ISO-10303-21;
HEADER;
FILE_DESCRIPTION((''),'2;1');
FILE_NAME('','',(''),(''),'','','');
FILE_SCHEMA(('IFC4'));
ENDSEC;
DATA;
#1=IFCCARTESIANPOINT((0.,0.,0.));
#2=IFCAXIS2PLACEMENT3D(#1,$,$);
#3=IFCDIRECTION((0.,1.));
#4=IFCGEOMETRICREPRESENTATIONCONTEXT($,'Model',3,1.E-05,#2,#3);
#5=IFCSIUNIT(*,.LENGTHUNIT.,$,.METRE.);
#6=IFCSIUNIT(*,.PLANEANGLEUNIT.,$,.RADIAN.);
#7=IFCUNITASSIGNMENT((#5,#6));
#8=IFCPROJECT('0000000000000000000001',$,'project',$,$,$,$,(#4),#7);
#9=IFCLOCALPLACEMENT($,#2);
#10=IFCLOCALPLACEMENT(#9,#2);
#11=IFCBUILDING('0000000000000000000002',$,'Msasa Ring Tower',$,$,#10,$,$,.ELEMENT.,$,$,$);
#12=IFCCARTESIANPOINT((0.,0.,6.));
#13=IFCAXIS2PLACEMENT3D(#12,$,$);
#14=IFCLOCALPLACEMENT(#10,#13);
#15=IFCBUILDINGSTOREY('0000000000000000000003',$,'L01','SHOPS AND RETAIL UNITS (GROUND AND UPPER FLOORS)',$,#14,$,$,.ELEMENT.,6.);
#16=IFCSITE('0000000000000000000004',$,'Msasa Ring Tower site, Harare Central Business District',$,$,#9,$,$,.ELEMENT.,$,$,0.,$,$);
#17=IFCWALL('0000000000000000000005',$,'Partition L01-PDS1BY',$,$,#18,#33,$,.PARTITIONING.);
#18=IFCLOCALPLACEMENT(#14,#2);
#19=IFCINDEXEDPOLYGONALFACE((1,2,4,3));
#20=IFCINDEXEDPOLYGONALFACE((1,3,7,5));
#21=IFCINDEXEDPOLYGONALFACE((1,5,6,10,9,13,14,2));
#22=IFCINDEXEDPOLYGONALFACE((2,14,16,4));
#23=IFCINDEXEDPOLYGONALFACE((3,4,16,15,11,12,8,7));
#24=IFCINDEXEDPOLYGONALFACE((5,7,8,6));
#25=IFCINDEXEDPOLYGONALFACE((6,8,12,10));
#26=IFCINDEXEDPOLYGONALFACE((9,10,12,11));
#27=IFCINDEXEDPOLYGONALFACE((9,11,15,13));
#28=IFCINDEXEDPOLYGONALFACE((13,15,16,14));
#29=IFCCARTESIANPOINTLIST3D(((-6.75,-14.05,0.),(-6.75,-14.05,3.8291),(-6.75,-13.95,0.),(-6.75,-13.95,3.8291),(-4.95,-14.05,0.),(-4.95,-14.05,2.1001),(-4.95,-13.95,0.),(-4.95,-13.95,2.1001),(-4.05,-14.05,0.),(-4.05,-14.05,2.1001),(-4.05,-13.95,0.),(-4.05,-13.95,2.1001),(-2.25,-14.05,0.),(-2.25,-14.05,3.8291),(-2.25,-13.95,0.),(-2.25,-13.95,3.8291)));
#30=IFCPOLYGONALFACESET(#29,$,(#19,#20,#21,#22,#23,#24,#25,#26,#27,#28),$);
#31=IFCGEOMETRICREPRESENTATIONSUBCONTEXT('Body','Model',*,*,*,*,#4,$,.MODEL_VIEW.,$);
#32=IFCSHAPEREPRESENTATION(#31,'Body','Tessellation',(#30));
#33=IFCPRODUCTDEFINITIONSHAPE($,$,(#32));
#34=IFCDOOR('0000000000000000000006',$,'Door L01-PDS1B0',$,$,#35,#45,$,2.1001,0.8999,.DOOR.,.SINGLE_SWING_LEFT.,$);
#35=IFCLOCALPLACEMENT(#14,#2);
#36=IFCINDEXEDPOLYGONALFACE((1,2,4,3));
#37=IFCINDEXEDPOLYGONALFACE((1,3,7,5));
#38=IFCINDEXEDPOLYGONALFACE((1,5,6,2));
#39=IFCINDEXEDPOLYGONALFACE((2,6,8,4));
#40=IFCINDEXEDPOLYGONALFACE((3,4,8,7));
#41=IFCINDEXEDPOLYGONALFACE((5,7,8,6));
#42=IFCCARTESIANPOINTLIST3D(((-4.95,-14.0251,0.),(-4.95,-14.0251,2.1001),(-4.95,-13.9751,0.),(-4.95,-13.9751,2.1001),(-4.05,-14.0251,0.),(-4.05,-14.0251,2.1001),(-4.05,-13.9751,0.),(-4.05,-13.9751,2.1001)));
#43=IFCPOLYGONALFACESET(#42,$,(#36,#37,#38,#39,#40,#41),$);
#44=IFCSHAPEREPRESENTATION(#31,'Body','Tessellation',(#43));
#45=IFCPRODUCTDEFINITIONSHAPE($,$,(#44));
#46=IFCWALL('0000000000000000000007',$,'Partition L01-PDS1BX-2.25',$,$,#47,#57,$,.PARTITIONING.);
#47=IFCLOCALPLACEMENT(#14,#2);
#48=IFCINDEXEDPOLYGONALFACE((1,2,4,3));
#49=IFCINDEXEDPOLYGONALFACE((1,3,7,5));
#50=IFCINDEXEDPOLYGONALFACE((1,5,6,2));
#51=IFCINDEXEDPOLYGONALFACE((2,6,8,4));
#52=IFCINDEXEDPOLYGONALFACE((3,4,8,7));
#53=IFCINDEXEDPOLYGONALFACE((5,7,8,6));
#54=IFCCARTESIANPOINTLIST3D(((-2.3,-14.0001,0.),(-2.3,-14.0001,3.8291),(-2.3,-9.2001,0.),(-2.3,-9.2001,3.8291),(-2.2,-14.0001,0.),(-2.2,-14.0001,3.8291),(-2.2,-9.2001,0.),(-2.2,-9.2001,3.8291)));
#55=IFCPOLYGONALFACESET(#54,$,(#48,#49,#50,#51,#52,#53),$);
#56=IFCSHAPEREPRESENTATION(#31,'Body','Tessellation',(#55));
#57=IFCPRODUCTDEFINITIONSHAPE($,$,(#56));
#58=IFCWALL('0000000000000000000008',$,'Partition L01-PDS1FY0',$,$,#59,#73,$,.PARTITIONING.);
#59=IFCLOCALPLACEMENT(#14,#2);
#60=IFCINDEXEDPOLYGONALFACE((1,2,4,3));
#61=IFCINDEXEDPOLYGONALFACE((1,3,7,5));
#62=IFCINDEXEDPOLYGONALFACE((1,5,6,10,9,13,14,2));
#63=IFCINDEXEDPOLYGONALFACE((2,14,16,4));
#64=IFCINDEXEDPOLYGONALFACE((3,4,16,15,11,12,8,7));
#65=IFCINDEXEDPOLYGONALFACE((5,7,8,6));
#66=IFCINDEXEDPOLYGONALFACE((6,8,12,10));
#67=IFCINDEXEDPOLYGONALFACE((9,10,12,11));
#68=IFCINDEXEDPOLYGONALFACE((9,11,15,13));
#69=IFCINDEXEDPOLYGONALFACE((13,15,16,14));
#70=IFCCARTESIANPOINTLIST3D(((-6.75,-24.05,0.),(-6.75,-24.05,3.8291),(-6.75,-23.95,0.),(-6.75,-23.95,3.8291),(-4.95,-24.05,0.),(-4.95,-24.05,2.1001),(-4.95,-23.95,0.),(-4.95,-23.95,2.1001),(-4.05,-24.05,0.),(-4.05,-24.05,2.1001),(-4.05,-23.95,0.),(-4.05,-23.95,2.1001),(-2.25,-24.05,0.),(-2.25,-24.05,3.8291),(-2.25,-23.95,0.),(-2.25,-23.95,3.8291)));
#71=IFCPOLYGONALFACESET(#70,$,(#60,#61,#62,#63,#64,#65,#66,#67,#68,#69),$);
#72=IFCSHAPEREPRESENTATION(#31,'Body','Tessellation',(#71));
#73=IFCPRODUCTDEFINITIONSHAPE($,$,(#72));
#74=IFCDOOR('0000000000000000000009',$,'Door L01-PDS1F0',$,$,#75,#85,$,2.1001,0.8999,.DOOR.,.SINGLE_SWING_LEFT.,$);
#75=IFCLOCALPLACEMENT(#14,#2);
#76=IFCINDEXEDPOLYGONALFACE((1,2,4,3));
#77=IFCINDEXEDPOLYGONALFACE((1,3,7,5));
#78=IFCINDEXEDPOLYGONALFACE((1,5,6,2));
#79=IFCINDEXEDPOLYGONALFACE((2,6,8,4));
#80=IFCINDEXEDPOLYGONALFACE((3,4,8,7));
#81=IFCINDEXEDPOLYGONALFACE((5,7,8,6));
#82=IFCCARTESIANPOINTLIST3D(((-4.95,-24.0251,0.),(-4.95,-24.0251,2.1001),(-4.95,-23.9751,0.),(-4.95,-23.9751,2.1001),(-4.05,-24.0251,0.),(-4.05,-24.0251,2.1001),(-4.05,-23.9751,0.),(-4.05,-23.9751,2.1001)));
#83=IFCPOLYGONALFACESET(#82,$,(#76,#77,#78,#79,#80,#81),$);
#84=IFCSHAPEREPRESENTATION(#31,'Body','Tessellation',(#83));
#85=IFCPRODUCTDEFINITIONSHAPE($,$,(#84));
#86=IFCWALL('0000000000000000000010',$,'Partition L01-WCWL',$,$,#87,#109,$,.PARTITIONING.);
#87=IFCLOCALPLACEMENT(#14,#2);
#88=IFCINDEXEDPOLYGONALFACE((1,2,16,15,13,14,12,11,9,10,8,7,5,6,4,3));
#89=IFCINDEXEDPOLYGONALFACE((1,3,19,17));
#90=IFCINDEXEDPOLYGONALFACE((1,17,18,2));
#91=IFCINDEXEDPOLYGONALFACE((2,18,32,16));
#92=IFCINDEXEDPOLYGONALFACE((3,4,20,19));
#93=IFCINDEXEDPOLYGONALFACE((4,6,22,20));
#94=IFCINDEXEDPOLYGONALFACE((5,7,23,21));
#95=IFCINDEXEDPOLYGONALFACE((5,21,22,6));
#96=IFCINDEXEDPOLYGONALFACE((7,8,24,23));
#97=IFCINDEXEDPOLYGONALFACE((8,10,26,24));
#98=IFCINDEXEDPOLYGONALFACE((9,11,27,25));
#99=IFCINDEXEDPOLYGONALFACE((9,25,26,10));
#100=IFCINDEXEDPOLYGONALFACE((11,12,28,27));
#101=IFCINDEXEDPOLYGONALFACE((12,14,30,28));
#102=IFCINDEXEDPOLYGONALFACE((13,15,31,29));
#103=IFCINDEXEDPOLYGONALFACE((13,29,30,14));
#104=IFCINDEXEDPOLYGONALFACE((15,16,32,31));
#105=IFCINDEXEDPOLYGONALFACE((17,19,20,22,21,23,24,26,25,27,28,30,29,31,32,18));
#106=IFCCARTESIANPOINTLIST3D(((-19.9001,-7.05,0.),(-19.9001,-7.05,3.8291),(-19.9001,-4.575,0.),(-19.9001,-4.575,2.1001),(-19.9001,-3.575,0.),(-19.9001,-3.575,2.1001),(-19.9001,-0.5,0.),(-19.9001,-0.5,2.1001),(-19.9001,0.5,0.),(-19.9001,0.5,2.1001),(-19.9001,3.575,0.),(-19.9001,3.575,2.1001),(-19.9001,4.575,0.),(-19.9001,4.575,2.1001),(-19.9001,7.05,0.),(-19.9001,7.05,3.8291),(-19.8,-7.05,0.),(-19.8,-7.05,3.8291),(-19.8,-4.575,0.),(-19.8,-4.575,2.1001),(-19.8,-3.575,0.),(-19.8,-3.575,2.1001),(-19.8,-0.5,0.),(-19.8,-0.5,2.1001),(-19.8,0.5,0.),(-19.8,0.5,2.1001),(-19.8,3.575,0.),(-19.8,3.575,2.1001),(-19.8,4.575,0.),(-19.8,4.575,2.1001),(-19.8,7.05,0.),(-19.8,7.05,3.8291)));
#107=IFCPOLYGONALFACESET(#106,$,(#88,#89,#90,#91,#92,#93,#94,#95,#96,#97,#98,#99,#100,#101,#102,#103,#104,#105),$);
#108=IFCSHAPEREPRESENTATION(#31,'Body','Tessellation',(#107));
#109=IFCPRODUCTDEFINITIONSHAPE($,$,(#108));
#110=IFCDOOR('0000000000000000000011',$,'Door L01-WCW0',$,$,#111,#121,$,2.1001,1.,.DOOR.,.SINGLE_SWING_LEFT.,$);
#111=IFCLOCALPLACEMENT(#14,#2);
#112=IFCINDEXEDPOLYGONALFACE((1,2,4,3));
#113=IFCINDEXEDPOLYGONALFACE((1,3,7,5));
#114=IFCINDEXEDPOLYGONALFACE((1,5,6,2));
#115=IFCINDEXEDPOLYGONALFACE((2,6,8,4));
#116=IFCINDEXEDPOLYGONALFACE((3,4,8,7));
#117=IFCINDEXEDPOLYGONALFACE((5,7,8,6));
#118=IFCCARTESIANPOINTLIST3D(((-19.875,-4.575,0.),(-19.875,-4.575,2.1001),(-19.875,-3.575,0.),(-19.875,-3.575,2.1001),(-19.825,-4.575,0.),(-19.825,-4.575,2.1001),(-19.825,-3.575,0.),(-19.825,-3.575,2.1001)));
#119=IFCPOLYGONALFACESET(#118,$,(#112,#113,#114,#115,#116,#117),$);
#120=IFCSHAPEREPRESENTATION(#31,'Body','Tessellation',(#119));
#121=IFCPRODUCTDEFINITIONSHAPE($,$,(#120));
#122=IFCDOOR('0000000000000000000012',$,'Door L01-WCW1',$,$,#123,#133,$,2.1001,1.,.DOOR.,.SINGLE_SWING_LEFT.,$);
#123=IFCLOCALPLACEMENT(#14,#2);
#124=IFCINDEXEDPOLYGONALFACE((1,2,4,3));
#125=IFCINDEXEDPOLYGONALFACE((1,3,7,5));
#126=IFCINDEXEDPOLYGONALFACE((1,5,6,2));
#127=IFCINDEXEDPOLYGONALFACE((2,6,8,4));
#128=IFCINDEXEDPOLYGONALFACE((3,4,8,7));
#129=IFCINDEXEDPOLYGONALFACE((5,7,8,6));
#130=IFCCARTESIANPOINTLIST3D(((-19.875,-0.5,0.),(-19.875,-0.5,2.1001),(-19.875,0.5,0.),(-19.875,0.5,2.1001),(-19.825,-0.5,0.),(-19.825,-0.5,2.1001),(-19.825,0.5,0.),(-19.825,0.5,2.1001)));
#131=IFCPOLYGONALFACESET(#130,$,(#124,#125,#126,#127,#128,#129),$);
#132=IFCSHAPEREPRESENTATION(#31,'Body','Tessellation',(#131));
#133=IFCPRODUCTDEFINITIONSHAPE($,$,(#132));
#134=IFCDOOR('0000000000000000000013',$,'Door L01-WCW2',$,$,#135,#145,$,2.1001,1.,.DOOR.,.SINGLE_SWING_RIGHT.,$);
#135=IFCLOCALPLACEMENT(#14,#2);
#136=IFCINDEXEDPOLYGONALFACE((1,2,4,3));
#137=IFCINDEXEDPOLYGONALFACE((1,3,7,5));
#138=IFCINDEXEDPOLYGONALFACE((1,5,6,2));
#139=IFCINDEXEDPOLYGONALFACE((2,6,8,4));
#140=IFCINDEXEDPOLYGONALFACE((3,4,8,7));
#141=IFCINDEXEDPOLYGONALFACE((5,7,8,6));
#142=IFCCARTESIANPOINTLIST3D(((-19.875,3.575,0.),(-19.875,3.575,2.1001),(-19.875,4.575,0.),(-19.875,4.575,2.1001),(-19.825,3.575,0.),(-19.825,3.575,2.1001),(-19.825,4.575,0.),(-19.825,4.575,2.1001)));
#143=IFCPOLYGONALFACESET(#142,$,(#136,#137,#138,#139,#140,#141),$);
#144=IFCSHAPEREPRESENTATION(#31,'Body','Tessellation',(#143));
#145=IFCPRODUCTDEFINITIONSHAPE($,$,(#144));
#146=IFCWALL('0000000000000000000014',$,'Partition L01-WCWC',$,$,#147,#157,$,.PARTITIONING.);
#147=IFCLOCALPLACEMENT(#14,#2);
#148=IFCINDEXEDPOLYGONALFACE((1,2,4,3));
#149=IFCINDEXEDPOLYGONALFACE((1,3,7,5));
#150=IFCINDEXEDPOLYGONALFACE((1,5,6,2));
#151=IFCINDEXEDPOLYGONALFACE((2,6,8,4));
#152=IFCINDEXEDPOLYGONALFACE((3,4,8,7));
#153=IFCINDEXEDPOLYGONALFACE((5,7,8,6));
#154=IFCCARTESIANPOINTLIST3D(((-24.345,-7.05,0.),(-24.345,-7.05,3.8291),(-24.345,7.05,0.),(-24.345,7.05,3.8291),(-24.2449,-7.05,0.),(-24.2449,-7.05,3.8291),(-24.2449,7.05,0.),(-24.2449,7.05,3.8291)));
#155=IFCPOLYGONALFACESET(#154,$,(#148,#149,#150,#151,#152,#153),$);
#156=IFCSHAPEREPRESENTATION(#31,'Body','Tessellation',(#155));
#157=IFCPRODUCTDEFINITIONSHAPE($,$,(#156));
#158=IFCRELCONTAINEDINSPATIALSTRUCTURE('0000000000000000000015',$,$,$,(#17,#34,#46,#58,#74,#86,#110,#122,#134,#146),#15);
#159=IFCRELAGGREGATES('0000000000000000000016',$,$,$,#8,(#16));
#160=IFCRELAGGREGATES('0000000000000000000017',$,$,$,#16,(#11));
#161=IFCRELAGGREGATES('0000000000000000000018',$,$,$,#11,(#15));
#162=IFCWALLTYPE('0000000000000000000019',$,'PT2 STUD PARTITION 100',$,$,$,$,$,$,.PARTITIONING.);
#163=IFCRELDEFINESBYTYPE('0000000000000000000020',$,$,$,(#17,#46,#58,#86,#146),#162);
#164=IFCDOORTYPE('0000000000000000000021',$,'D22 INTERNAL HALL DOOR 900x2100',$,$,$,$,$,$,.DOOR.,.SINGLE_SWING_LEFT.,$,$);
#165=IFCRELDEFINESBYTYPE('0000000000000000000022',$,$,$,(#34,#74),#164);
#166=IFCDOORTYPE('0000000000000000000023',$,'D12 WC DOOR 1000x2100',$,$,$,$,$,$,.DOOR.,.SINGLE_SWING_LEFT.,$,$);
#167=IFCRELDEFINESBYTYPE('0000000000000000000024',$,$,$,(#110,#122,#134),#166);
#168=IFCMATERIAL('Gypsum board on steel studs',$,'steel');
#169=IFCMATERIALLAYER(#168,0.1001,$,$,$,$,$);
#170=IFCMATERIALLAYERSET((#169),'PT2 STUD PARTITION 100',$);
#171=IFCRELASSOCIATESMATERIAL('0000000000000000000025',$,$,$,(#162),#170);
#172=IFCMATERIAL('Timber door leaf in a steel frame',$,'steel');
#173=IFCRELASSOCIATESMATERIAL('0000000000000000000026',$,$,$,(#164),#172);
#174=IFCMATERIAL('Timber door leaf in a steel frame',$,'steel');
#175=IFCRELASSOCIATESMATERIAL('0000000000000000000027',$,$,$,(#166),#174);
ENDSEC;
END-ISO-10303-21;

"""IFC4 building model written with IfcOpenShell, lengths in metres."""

from ifc_helpers import new_model, si_unit, direction, frame, frame_2d, origin, place, context, subcontext, project, spatial, rectangle, extrude, material, layer, layer_set, type_object, element, fill, save


model = new_model("IFC4")

# Units and contexts
model_context = context("Model", 3, precision=1e-05, world=origin(), true_north=direction((0.0, 1.0)))
body_context = subcontext(model_context, "Body", "Model", "MODEL_VIEW")
ifc_project = project(units=[si_unit("LENGTHUNIT", "METRE"), si_unit("PLANEANGLEUNIT", "RADIAN")], contexts=[model_context])

# Site, building, storey
site_placement = place(None, origin())
site = spatial("IfcSite", under=ifc_project, at=site_placement, Name="Msasa Ring Tower site, Harare Central Business District", CompositionType="ELEMENT", RefElevation=0.0)
building_placement = place(site_placement, origin())
building = spatial("IfcBuilding", under=site, at=building_placement, Name="Msasa Ring Tower", CompositionType="ELEMENT")
storey_placement = place(building_placement, frame((0.0, 0.0, 6.0)))
storey = spatial("IfcBuildingStorey", under=building, at=storey_placement, Name="L01", Description="SHOPS AND RETAIL UNITS (GROUND AND UPPER FLOORS)", CompositionType="ELEMENT", Elevation=6.0)

# Shared definitions
ifc_material_1 = material(Name="Gypsum board on steel studs", Category="steel")
ifc_layer_1 = layer(ifc_material_1, 0.1001)
ifc_layer_set_1 = layer_set([ifc_layer_1], Name="PT2 STUD PARTITION 100")
wall_type_1 = type_object("IfcWallType", Name="PT2 STUD PARTITION 100", PredefinedType="PARTITIONING", material=ifc_layer_set_1)
ifc_material_2 = material(Name="Timber door leaf in a steel frame", Category="steel")
door_type_1 = type_object("IfcDoorType", Name="D22 INTERNAL HALL DOOR 900x2100", OperationType="SINGLE_SWING_LEFT", PredefinedType="DOOR", material=ifc_material_2)

# Wall, opening, door
wall_1_placement = place(storey_placement, frame((-6.75, -14.0, 0.0), z_axis=(0.0, 0.0, 1.0), x_axis=(1.0, 0.0, 0.0)))
wall_1 = element("IfcWall", 1, at=wall_1_placement, inside=storey, type_object=wall_type_1, Name="Partition L01-PDS1BY", PredefinedType="PARTITIONING", context=body_context, shape_type="SweptSolid", body=[
    extrude(rectangle(XDim=4.5, YDim=0.1001, at=frame_2d((2.25, 0.0))), origin(), (0.0, 0.0, 1.0), 3.8291),
])
opening_1_placement = place(wall_1_placement, frame((1.8, 0.0, 0.0)))
opening_1 = element("IfcOpeningElement", 2, at=opening_1_placement, cuts=wall_1, PredefinedType="OPENING", context=body_context, shape_type="SweptSolid", body=[
    extrude(rectangle(XDim=0.8999, YDim=2.1001, at=frame_2d((0.45, 1.05))), frame((0.0, 0.0601, 0.0), z_axis=(0.0, -1.0, 0.0), x_axis=(1.0, 0.0, 0.0)), (0.0, 0.0, 1.0), 0.1201),
])
door_1_placement = place(opening_1_placement, origin())
door_1 = element("IfcDoor", 3, at=door_1_placement, inside=storey, type_object=door_type_1, Name="Door L01-PDS1B0", OperationType="SINGLE_SWING_LEFT", OverallHeight=2.1001, OverallWidth=0.8999, PredefinedType="DOOR", context=body_context, shape_type="SweptSolid", body=[
    extrude(rectangle(XDim=0.8999, YDim=2.1001, at=frame_2d((0.45, 1.05))), frame((0.0, 0.0249, 0.0), z_axis=(0.0, -1.0, 0.0), x_axis=(1.0, 0.0, 0.0)), (0.0, 0.0, 1.0), 0.05),
])
fill(opening_1, door_1)

# Wall
wall_2_placement = place(storey_placement, frame((-2.25, -14.0, 0.0), z_axis=(0.0, 0.0, 1.0), x_axis=(0.0, 1.0, 0.0)))
element("IfcWall", 4, at=wall_2_placement, inside=storey, type_object=wall_type_1, Name="Partition L01-PDS1BX-2.25", PredefinedType="PARTITIONING", context=body_context, shape_type="SweptSolid", body=[
    extrude(rectangle(XDim=4.8, YDim=0.1001, at=frame_2d((2.3999, 0.0))), origin(), (0.0, 0.0, 1.0), 3.8291),
])

# Wall, opening, door
wall_3_placement = place(storey_placement, frame((-6.75, -24.0, 0.0), z_axis=(0.0, 0.0, 1.0), x_axis=(1.0, 0.0, 0.0)))
wall_3 = element("IfcWall", 5, at=wall_3_placement, inside=storey, type_object=wall_type_1, Name="Partition L01-PDS1FY0", PredefinedType="PARTITIONING", context=body_context, shape_type="SweptSolid", body=[
    extrude(rectangle(XDim=4.5, YDim=0.1001, at=frame_2d((2.25, 0.0))), origin(), (0.0, 0.0, 1.0), 3.8291),
])
opening_2_placement = place(wall_3_placement, frame((1.8, 0.0, 0.0)))
opening_2 = element("IfcOpeningElement", 6, at=opening_2_placement, cuts=wall_3, PredefinedType="OPENING", context=body_context, shape_type="SweptSolid", body=[
    extrude(rectangle(XDim=0.8999, YDim=2.1001, at=frame_2d((0.45, 1.05))), frame((0.0, 0.0601, 0.0), z_axis=(0.0, -1.0, 0.0), x_axis=(1.0, 0.0, 0.0)), (0.0, 0.0, 1.0), 0.1201),
])
door_2_placement = place(opening_2_placement, origin())
door_2 = element("IfcDoor", 7, at=door_2_placement, inside=storey, type_object=door_type_1, Name="Door L01-PDS1F0", OperationType="SINGLE_SWING_LEFT", OverallHeight=2.1001, OverallWidth=0.8999, PredefinedType="DOOR", context=body_context, shape_type="SweptSolid", body=[
    extrude(rectangle(XDim=0.8999, YDim=2.1001, at=frame_2d((0.45, 1.05))), frame((0.0, 0.0249, 0.0), z_axis=(0.0, -1.0, 0.0), x_axis=(1.0, 0.0, 0.0)), (0.0, 0.0, 1.0), 0.05),
])
fill(opening_2, door_2)

# Wall, openings, doors
wall_4_placement = place(storey_placement, frame((-19.8501, -7.05, 0.0), z_axis=(0.0, 0.0, 1.0), x_axis=(0.0, 1.0, 0.0)))
wall_4 = element("IfcWall", 8, at=wall_4_placement, inside=storey, type_object=wall_type_1, Name="Partition L01-WCWL", PredefinedType="PARTITIONING", context=body_context, shape_type="SweptSolid", body=[
    extrude(rectangle(XDim=14.1001, YDim=0.1001, at=frame_2d((7.05, 0.0))), origin(), (0.0, 0.0, 1.0), 3.8291),
])
opening_3_placement = place(wall_4_placement, frame((2.4751, 0.0, 0.0)))
opening_3 = element("IfcOpeningElement", 9, at=opening_3_placement, cuts=wall_4, PredefinedType="OPENING", context=body_context, shape_type="SweptSolid", body=[
    extrude(rectangle(XDim=1.0, YDim=2.1001, at=frame_2d((0.5, 1.05))), frame((0.0, 0.0601, 0.0), z_axis=(0.0, -1.0, 0.0), x_axis=(1.0, 0.0, 0.0)), (0.0, 0.0, 1.0), 0.1201),
])
opening_4_placement = place(wall_4_placement, frame((6.55, 0.0, 0.0)))
opening_4 = element("IfcOpeningElement", 10, at=opening_4_placement, cuts=wall_4, PredefinedType="OPENING", context=body_context, shape_type="SweptSolid", body=[
    extrude(rectangle(XDim=1.0, YDim=2.1001, at=frame_2d((0.5, 1.05))), frame((0.0, 0.0601, 0.0), z_axis=(0.0, -1.0, 0.0), x_axis=(1.0, 0.0, 0.0)), (0.0, 0.0, 1.0), 0.1201),
])
opening_5_placement = place(wall_4_placement, frame((10.625, 0.0, 0.0)))
opening_5 = element("IfcOpeningElement", 11, at=opening_5_placement, cuts=wall_4, PredefinedType="OPENING", context=body_context, shape_type="SweptSolid", body=[
    extrude(rectangle(XDim=1.0, YDim=2.1001, at=frame_2d((0.5, 1.05))), frame((0.0, 0.0601, 0.0), z_axis=(0.0, -1.0, 0.0), x_axis=(1.0, 0.0, 0.0)), (0.0, 0.0, 1.0), 0.1201),
])
ifc_material_3 = material(Name="Timber door leaf in a steel frame", Category="steel")
door_type_2 = type_object("IfcDoorType", Name="D12 WC DOOR 1000x2100", OperationType="SINGLE_SWING_LEFT", PredefinedType="DOOR", material=ifc_material_3)
door_3_placement = place(opening_3_placement, origin())
door_3 = element("IfcDoor", 12, at=door_3_placement, inside=storey, type_object=door_type_2, Name="Door L01-WCW0", OperationType="SINGLE_SWING_LEFT", OverallHeight=2.1001, OverallWidth=1.0, PredefinedType="DOOR", context=body_context, shape_type="SweptSolid", body=[
    extrude(rectangle(XDim=1.0, YDim=2.1001, at=frame_2d((0.5, 1.05))), frame((0.0, 0.0249, 0.0), z_axis=(0.0, -1.0, 0.0), x_axis=(1.0, 0.0, 0.0)), (0.0, 0.0, 1.0), 0.05),
])
fill(opening_3, door_3)
door_4_placement = place(opening_4_placement, origin())
door_4 = element("IfcDoor", 13, at=door_4_placement, inside=storey, type_object=door_type_2, Name="Door L01-WCW1", OperationType="SINGLE_SWING_LEFT", OverallHeight=2.1001, OverallWidth=1.0, PredefinedType="DOOR", context=body_context, shape_type="SweptSolid", body=[
    extrude(rectangle(XDim=1.0, YDim=2.1001, at=frame_2d((0.5, 1.05))), frame((0.0, 0.0249, 0.0), z_axis=(0.0, -1.0, 0.0), x_axis=(1.0, 0.0, 0.0)), (0.0, 0.0, 1.0), 0.05),
])
fill(opening_4, door_4)
door_5_placement = place(opening_5_placement, origin())
door_5 = element("IfcDoor", 14, at=door_5_placement, inside=storey, type_object=door_type_2, Name="Door L01-WCW2", OperationType="SINGLE_SWING_RIGHT", OverallHeight=2.1001, OverallWidth=1.0, PredefinedType="DOOR", context=body_context, shape_type="SweptSolid", body=[
    extrude(rectangle(XDim=1.0, YDim=2.1001, at=frame_2d((0.5, 1.05))), frame((0.0, 0.0249, 0.0), z_axis=(0.0, -1.0, 0.0), x_axis=(1.0, 0.0, 0.0)), (0.0, 0.0, 1.0), 0.05),
])
fill(opening_5, door_5)

# Wall
wall_5_placement = place(storey_placement, frame((-24.2949, -7.05, 0.0), z_axis=(0.0, 0.0, 1.0), x_axis=(0.0, 1.0, 0.0)))
element("IfcWall", 15, at=wall_5_placement, inside=storey, type_object=wall_type_1, Name="Partition L01-WCWC", PredefinedType="PARTITIONING", context=body_context, shape_type="SweptSolid", body=[
    extrude(rectangle(XDim=14.1001, YDim=0.1001, at=frame_2d((7.05, 0.0))), origin(), (0.0, 0.0, 1.0), 3.8291),
])

save(model, "model.ifc")
